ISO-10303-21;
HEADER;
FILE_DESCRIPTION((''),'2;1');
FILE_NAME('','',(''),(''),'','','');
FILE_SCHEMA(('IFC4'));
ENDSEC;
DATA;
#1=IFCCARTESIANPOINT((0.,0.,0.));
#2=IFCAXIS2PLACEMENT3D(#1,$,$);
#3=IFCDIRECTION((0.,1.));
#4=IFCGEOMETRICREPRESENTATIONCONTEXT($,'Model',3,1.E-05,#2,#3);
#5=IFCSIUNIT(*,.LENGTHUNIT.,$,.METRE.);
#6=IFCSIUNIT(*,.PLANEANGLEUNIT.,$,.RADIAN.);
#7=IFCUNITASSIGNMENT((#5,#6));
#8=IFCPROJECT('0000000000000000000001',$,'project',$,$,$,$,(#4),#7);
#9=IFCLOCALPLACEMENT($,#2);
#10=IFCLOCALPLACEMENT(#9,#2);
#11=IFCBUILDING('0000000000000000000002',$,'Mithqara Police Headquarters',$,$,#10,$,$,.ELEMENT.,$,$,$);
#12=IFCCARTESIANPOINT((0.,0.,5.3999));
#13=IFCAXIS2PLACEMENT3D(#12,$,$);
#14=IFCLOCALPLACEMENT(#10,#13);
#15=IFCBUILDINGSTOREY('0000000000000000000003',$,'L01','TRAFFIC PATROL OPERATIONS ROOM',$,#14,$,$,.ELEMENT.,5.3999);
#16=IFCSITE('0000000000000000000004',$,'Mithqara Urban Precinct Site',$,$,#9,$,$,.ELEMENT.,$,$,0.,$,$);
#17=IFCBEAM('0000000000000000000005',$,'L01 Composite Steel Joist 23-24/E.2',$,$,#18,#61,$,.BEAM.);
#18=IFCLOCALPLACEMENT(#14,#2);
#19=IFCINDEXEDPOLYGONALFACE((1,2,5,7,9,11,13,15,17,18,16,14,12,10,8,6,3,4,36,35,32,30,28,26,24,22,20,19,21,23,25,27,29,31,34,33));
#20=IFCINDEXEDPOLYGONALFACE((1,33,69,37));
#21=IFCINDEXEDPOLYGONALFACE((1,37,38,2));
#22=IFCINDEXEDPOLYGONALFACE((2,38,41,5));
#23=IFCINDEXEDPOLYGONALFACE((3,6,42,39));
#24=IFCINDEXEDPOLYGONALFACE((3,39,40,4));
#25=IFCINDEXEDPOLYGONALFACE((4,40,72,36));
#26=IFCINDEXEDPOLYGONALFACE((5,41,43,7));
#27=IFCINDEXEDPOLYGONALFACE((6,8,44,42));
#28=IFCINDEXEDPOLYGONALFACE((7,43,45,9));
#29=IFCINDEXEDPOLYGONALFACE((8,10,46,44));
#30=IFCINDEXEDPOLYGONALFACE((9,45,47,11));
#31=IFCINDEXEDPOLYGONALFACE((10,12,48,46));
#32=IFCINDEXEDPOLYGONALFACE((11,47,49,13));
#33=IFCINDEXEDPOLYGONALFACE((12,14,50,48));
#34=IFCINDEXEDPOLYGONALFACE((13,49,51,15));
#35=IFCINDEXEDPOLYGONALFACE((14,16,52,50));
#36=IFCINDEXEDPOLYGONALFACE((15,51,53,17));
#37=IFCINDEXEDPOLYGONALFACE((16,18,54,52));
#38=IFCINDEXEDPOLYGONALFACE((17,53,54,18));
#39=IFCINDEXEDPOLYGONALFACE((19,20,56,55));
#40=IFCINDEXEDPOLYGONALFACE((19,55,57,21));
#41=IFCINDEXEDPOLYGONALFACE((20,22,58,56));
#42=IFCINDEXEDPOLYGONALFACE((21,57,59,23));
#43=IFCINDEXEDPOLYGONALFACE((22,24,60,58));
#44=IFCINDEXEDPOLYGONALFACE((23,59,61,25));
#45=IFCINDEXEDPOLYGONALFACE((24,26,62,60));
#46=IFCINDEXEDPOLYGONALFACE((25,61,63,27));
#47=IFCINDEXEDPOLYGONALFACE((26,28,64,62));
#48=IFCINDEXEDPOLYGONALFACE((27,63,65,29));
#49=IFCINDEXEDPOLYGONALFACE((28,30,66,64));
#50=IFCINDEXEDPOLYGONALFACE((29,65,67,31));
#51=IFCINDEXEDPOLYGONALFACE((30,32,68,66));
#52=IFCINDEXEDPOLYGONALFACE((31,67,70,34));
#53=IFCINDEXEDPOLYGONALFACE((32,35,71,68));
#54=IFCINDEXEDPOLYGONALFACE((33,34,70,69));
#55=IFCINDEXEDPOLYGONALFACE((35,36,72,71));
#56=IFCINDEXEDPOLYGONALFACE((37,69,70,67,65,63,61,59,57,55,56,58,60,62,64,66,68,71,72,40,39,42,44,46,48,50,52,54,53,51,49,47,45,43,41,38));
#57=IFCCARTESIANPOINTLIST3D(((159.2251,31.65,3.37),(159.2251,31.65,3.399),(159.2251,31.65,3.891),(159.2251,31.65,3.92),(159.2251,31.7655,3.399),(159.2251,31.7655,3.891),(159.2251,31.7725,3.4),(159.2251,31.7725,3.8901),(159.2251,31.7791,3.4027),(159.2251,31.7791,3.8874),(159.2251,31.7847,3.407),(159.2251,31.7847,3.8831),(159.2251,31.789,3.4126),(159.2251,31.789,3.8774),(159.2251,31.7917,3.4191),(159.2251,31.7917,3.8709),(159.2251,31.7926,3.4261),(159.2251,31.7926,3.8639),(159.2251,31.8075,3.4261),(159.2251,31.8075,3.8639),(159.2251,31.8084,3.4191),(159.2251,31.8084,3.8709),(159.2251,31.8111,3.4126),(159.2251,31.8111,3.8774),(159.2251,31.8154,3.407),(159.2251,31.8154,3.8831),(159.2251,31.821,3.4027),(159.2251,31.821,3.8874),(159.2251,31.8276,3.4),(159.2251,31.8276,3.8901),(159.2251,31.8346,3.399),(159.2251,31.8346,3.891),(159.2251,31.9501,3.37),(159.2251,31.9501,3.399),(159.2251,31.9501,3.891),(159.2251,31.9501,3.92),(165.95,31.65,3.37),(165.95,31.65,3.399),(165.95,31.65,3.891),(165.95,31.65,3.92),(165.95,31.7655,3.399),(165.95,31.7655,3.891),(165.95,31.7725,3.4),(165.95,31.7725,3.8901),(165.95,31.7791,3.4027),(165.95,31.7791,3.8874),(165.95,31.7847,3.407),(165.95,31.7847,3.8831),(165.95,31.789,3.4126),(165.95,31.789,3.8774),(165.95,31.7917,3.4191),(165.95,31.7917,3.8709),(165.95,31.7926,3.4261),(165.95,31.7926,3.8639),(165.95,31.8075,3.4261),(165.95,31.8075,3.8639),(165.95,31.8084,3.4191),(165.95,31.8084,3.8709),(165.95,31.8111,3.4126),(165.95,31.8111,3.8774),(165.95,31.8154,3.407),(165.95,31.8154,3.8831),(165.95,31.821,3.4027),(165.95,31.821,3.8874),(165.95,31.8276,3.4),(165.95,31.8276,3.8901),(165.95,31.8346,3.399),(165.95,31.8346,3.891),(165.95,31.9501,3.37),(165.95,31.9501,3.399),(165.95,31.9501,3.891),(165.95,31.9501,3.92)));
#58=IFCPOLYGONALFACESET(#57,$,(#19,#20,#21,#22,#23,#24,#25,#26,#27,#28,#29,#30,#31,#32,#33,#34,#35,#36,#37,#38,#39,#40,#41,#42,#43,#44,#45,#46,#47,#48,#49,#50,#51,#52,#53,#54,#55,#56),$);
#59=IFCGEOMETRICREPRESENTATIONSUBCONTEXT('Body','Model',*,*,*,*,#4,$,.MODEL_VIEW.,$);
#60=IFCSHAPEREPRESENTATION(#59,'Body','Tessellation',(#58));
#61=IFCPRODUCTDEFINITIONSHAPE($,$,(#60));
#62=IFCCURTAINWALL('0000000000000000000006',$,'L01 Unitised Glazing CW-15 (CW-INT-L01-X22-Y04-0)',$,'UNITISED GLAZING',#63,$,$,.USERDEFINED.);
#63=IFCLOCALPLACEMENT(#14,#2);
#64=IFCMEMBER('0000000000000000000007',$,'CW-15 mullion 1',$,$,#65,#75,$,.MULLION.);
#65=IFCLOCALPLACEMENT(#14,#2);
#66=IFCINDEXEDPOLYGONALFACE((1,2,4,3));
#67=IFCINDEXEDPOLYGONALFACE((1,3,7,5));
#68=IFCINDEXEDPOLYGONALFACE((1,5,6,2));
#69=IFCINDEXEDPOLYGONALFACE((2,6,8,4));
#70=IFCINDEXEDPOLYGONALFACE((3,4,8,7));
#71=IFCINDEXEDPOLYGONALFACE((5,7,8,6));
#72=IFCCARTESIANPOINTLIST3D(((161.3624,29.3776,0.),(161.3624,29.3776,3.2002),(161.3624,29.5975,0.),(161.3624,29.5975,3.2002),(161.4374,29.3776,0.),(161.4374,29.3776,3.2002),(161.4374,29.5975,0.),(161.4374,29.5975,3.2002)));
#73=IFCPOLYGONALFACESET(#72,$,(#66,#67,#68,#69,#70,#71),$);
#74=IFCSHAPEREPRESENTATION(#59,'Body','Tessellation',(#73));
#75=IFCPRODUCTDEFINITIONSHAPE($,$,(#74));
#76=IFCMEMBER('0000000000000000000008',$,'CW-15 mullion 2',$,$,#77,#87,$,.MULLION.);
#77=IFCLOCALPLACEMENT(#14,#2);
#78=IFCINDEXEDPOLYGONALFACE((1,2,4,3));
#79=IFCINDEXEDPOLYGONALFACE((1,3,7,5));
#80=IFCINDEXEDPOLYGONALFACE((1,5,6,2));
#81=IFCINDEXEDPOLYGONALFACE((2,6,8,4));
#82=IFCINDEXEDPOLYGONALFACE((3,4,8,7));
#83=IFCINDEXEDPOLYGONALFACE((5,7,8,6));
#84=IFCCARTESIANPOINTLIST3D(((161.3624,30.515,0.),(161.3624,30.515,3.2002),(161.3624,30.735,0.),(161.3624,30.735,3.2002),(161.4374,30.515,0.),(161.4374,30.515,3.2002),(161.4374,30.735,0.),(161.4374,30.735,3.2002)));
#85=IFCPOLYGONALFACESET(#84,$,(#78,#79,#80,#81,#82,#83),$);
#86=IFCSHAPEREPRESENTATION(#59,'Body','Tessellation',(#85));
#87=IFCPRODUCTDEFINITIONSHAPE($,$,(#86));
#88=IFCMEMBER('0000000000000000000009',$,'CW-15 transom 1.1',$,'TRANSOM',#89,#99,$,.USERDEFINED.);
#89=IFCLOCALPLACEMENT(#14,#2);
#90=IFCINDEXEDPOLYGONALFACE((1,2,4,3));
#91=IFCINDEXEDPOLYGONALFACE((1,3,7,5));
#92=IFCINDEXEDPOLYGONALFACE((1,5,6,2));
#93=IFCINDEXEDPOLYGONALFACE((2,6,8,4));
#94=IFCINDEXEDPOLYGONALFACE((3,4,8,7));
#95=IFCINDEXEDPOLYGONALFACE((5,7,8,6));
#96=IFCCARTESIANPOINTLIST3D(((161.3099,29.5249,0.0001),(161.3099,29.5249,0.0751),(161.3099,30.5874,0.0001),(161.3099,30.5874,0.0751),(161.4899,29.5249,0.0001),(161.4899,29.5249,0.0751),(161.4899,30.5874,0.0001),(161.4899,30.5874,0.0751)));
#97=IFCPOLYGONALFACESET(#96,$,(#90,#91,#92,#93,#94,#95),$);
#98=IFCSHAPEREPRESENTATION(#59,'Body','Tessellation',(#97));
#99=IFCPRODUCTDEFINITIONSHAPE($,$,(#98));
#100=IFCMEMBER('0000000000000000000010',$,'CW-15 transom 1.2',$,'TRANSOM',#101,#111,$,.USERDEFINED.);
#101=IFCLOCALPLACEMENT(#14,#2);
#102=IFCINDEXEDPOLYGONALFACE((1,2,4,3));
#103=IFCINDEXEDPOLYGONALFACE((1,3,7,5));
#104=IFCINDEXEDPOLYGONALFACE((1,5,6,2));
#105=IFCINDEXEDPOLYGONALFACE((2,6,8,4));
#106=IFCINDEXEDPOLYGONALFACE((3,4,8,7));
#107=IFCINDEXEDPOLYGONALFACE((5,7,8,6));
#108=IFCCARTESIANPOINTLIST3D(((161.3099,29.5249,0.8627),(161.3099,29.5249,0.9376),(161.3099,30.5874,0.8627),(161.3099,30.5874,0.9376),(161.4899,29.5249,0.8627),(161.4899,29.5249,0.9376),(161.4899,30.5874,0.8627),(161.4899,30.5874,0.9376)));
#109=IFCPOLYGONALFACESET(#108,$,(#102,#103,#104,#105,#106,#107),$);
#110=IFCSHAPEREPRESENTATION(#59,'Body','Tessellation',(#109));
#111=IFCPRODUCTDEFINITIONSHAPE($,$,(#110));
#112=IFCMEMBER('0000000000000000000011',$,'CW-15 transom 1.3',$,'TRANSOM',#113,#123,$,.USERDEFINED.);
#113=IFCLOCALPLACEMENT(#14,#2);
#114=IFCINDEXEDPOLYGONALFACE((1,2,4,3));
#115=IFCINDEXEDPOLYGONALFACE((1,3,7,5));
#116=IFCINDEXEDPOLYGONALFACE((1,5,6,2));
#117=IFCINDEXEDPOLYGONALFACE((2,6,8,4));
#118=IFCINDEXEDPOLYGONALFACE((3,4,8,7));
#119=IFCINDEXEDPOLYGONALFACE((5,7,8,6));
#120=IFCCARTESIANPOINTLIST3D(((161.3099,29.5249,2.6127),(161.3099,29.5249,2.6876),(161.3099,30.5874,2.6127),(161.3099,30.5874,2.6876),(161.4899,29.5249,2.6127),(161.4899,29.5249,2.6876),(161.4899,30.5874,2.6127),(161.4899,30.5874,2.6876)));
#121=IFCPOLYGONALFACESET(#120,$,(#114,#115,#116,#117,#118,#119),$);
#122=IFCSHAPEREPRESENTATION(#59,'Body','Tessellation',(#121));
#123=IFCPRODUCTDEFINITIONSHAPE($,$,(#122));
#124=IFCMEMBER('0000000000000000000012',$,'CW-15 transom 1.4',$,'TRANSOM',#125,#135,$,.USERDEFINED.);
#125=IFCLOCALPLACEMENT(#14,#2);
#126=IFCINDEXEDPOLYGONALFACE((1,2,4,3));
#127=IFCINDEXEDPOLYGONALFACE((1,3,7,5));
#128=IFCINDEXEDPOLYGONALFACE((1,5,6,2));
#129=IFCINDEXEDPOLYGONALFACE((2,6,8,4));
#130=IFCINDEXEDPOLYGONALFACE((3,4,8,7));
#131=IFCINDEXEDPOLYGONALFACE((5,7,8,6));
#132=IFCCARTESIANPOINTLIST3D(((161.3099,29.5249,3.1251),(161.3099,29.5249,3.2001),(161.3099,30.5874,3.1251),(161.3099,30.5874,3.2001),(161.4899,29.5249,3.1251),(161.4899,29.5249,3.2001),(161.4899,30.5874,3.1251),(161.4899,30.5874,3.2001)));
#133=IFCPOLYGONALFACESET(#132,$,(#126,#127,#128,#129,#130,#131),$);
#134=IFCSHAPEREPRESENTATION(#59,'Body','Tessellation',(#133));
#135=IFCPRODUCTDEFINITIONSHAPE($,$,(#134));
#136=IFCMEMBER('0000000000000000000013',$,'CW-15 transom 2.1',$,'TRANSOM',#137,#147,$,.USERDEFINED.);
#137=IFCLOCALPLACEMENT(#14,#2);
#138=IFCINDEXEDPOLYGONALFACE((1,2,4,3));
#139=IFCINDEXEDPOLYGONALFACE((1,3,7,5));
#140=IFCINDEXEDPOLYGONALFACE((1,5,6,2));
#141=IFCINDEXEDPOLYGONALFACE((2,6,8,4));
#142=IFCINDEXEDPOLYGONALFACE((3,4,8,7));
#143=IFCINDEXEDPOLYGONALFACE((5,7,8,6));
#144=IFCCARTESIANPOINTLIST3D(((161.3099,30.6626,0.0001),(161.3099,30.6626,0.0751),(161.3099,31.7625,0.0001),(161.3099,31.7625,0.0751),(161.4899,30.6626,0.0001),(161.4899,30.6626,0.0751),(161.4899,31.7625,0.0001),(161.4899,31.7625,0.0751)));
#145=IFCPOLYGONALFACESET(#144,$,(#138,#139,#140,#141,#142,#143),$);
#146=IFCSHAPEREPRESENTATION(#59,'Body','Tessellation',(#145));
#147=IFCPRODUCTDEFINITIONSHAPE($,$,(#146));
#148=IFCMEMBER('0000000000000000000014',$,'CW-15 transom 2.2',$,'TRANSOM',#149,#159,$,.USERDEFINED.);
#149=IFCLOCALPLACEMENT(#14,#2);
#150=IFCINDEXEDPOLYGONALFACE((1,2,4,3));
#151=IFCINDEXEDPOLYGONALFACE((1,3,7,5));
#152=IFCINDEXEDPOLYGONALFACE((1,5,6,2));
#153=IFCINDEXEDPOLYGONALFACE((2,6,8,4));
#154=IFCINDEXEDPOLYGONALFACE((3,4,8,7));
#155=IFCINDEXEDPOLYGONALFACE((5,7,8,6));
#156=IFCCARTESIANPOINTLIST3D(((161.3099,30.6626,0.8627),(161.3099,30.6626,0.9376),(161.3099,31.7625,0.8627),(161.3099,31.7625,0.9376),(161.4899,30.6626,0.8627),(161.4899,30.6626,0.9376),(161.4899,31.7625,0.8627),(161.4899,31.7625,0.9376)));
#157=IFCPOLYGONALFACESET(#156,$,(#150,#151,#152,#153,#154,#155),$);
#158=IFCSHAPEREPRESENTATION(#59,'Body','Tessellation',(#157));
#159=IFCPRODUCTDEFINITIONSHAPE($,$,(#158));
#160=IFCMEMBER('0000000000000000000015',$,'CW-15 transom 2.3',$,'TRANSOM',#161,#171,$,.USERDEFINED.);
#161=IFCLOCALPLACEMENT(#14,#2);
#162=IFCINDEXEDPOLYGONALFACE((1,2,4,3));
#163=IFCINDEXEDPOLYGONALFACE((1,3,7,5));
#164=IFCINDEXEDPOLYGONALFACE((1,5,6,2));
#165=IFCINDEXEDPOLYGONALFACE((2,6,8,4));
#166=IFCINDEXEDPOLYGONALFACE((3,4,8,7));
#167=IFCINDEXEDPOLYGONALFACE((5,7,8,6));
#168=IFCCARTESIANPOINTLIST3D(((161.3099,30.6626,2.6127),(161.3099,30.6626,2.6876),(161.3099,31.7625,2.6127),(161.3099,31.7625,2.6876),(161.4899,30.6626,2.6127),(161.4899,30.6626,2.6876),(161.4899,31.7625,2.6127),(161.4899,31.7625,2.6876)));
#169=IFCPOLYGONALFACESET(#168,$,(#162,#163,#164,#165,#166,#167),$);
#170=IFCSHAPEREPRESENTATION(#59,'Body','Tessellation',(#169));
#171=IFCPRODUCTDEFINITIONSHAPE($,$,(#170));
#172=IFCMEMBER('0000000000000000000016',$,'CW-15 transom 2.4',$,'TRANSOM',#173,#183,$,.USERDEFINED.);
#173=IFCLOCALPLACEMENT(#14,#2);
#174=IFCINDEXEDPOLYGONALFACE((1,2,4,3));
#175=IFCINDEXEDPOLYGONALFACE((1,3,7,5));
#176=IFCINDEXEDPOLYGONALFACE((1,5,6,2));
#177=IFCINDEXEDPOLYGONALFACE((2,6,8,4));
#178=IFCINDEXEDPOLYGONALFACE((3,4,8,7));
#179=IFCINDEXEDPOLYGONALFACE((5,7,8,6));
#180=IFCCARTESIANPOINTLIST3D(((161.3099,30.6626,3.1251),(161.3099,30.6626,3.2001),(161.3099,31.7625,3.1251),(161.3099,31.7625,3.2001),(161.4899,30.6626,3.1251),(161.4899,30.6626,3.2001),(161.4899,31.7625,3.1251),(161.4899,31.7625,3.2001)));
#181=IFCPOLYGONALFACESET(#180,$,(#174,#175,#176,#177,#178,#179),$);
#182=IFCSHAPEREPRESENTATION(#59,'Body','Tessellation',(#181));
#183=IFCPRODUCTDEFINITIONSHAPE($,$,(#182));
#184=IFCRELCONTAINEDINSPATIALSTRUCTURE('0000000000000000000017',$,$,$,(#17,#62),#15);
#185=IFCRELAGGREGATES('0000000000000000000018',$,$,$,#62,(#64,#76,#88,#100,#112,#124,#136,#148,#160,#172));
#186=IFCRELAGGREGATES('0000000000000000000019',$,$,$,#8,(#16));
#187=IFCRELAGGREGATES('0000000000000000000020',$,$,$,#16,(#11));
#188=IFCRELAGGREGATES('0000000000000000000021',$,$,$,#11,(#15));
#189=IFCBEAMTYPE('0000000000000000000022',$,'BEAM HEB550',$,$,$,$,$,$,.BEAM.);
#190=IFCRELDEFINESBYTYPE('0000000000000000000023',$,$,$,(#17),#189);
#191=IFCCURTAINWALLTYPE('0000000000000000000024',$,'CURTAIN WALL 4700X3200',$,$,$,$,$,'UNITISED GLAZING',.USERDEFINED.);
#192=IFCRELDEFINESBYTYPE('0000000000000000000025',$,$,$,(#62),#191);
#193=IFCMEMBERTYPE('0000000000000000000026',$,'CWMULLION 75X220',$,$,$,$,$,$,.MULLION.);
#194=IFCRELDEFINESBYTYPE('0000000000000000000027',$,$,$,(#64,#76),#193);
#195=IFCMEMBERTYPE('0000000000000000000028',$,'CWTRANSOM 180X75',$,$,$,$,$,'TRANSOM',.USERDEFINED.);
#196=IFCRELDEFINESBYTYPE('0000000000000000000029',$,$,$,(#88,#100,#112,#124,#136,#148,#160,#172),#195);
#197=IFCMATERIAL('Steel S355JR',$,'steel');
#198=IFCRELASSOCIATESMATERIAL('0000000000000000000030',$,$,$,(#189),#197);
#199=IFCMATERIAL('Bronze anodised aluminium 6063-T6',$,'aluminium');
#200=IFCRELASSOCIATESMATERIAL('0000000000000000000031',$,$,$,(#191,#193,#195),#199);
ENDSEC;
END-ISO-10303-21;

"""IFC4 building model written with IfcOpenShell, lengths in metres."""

from ifc_helpers import new_model, si_unit, direction, frame, origin, origin_2d, place, context, subcontext, project, spatial, rectangle, i_section, extrude, material, material_profile, profile_set, type_object, element, aggregate, save


model = new_model("IFC4")

# Units and contexts
model_context = context("Model", 3, precision=1e-05, world=origin(), true_north=direction((0.0, 1.0)))
body_context = subcontext(model_context, "Body", "Model", "MODEL_VIEW")
ifc_project = project(units=[si_unit("LENGTHUNIT", "METRE"), si_unit("PLANEANGLEUNIT", "RADIAN")], contexts=[model_context])

# Site, building, storey
site_placement = place(None, origin())
site = spatial("IfcSite", under=ifc_project, at=site_placement, Name="Mithqara Urban Precinct Site", CompositionType="ELEMENT", RefElevation=0.0)
building_placement = place(site_placement, origin())
building = spatial("IfcBuilding", under=site, at=building_placement, Name="Mithqara Police Headquarters", CompositionType="ELEMENT")
storey_placement = place(building_placement, frame((0.0, 0.0, 5.3999)))
storey = spatial("IfcBuildingStorey", under=building, at=storey_placement, Name="L01", Description="TRAFFIC PATROL OPERATIONS ROOM", CompositionType="ELEMENT", Elevation=5.3999)

# Beam
ifc_material_1 = material(Name="Steel S355JR", Category="steel")
ifc_material_profile_1 = material_profile(ifc_material_1, i_section(OverallWidth=0.3, OverallDepth=0.55, WebThickness=0.0149, FlangeThickness=0.0291, FilletRadius=0.0271, at=origin_2d()), Name="HEB 550")
ifc_profile_set_1 = profile_set([ifc_material_profile_1], Name="Steel S355JR")
beam_type = type_object("IfcBeamType", Name="BEAM HEB550", PredefinedType="BEAM", material=ifc_profile_set_1)
for number, where, z_axis, x_axis, name in (
    (1, (159.2251, 31.8, 3.645), (1.0, 0.0, 0.0), (0.0, 1.0, 0.0), "L01 Composite Steel Joist 23-24/E.2"),
):
    element("IfcBeam", number, at=place(storey_placement, frame(where, z_axis=z_axis, x_axis=x_axis)), inside=storey, type_object=beam_type, Name=name, PredefinedType="BEAM", context=body_context, shape_type="SweptSolid", body=[
        extrude(i_section(OverallWidth=0.3, OverallDepth=0.55, WebThickness=0.0149, FlangeThickness=0.0291, FilletRadius=0.0271, at=origin_2d()), origin(), (0.0, 0.0, 1.0), 6.7249),
    ])

# Curtain wall, members
ifc_material_2 = material(Name="Bronze anodised aluminium 6063-T6", Category="aluminium")
curtain_wall_type = type_object("IfcCurtainWallType", Name="CURTAIN WALL 4700X3200", ElementType="UNITISED GLAZING", PredefinedType="USERDEFINED", material=ifc_material_2)
curtain_wall_placement = place(storey_placement, origin())
curtain_wall = element("IfcCurtainWall", 2, at=curtain_wall_placement, inside=storey, type_object=curtain_wall_type, Name="L01 Unitised Glazing CW-15 (CW-INT-L01-X22-Y04-0)", ObjectType="UNITISED GLAZING", PredefinedType="USERDEFINED")
ifc_material_profile_2 = material_profile(ifc_material_2, rectangle(XDim=0.075, YDim=0.22, at=origin_2d()), Name="CWM 75x220")
ifc_profile_set_2 = profile_set([ifc_material_profile_2], Name="Bronze anodised aluminium 6063-T6")
member_type_1 = type_object("IfcMemberType", Name="CWMULLION 75X220", PredefinedType="MULLION", material=ifc_profile_set_2)
member_1_placement = place(storey_placement, frame((161.3999, 29.4875, 0.0), z_axis=(0.0, 0.0, 1.0), x_axis=(-1.0, 0.0, 0.0)))
member_1 = element("IfcMember", 3, at=member_1_placement, type_object=member_type_1, Name="CW-15 mullion 1", PredefinedType="MULLION", context=body_context, shape_type="SweptSolid", body=[
    extrude(rectangle(XDim=0.075, YDim=0.22, at=origin_2d()), origin(), (0.0, 0.0, 1.0), 3.2002),
])
member_2_placement = place(storey_placement, frame((161.3999, 30.625, 0.0), z_axis=(0.0, 0.0, 1.0), x_axis=(-1.0, 0.0, 0.0)))
member_2 = element("IfcMember", 4, at=member_2_placement, type_object=member_type_1, Name="CW-15 mullion 2", PredefinedType="MULLION", context=body_context, shape_type="SweptSolid", body=[
    extrude(rectangle(XDim=0.075, YDim=0.22, at=origin_2d()), origin(), (0.0, 0.0, 1.0), 3.2002),
])
ifc_material_profile_3 = material_profile(ifc_material_2, rectangle(XDim=0.1799, YDim=0.075, at=origin_2d()), Name="CWT 180x75")
ifc_profile_set_3 = profile_set([ifc_material_profile_3], Name="Bronze anodised aluminium 6063-T6")
member_type_2 = type_object("IfcMemberType", Name="CWTRANSOM 180X75", ElementType="TRANSOM", PredefinedType="USERDEFINED", material=ifc_profile_set_3)
member_3_placement = place(storey_placement, frame((161.3999, 29.5249, 0.0376), z_axis=(0.0, 1.0, 0.0), x_axis=(-1.0, 0.0, 0.0)))
member_3 = element("IfcMember", 5, at=member_3_placement, type_object=member_type_2, Name="CW-15 transom 1.1", ObjectType="TRANSOM", PredefinedType="USERDEFINED", context=body_context, shape_type="SweptSolid", body=[
    extrude(rectangle(XDim=0.1799, YDim=0.075, at=origin_2d()), origin(), (0.0, 0.0, 1.0), 1.0625),
])
member_4_placement = place(storey_placement, frame((161.3999, 29.5249, 0.9001), z_axis=(0.0, 1.0, 0.0), x_axis=(-1.0, 0.0, 0.0)))
member_4 = element("IfcMember", 6, at=member_4_placement, type_object=member_type_2, Name="CW-15 transom 1.2", ObjectType="TRANSOM", PredefinedType="USERDEFINED", context=body_context, shape_type="SweptSolid", body=[
    extrude(rectangle(XDim=0.1799, YDim=0.075, at=origin_2d()), origin(), (0.0, 0.0, 1.0), 1.0625),
])
member_5_placement = place(storey_placement, frame((161.3999, 29.5249, 2.6501), z_axis=(0.0, 1.0, 0.0), x_axis=(-1.0, 0.0, 0.0)))
member_5 = element("IfcMember", 7, at=member_5_placement, type_object=member_type_2, Name="CW-15 transom 1.3", ObjectType="TRANSOM", PredefinedType="USERDEFINED", context=body_context, shape_type="SweptSolid", body=[
    extrude(rectangle(XDim=0.1799, YDim=0.075, at=origin_2d()), origin(), (0.0, 0.0, 1.0), 1.0625),
])
member_6_placement = place(storey_placement, frame((161.3999, 29.5249, 3.1626), z_axis=(0.0, 1.0, 0.0), x_axis=(-1.0, 0.0, 0.0)))
member_6 = element("IfcMember", 8, at=member_6_placement, type_object=member_type_2, Name="CW-15 transom 1.4", ObjectType="TRANSOM", PredefinedType="USERDEFINED", context=body_context, shape_type="SweptSolid", body=[
    extrude(rectangle(XDim=0.1799, YDim=0.075, at=origin_2d()), origin(), (0.0, 0.0, 1.0), 1.0625),
])
member_7_placement = place(storey_placement, frame((161.3999, 30.6626, 0.0376), z_axis=(0.0, 1.0, 0.0), x_axis=(-1.0, 0.0, 0.0)))
member_7 = element("IfcMember", 9, at=member_7_placement, type_object=member_type_2, Name="CW-15 transom 2.1", ObjectType="TRANSOM", PredefinedType="USERDEFINED", context=body_context, shape_type="SweptSolid", body=[
    extrude(rectangle(XDim=0.1799, YDim=0.075, at=origin_2d()), origin(), (0.0, 0.0, 1.0), 1.0999),
])
member_8_placement = place(storey_placement, frame((161.3999, 30.6626, 0.9001), z_axis=(0.0, 1.0, 0.0), x_axis=(-1.0, 0.0, 0.0)))
member_8 = element("IfcMember", 10, at=member_8_placement, type_object=member_type_2, Name="CW-15 transom 2.2", ObjectType="TRANSOM", PredefinedType="USERDEFINED", context=body_context, shape_type="SweptSolid", body=[
    extrude(rectangle(XDim=0.1799, YDim=0.075, at=origin_2d()), origin(), (0.0, 0.0, 1.0), 1.0999),
])
member_9_placement = place(storey_placement, frame((161.3999, 30.6626, 2.6501), z_axis=(0.0, 1.0, 0.0), x_axis=(-1.0, 0.0, 0.0)))
member_9 = element("IfcMember", 11, at=member_9_placement, type_object=member_type_2, Name="CW-15 transom 2.3", ObjectType="TRANSOM", PredefinedType="USERDEFINED", context=body_context, shape_type="SweptSolid", body=[
    extrude(rectangle(XDim=0.1799, YDim=0.075, at=origin_2d()), origin(), (0.0, 0.0, 1.0), 1.0999),
])
member_10_placement = place(storey_placement, frame((161.3999, 30.6626, 3.1626), z_axis=(0.0, 1.0, 0.0), x_axis=(-1.0, 0.0, 0.0)))
member_10 = element("IfcMember", 12, at=member_10_placement, type_object=member_type_2, Name="CW-15 transom 2.4", ObjectType="TRANSOM", PredefinedType="USERDEFINED", context=body_context, shape_type="SweptSolid", body=[
    extrude(rectangle(XDim=0.1799, YDim=0.075, at=origin_2d()), origin(), (0.0, 0.0, 1.0), 1.0999),
])
aggregate(curtain_wall, [member_1, member_2, member_3, member_4, member_5, member_6, member_7, member_8, member_9, member_10])

save(model, "model.ifc")
